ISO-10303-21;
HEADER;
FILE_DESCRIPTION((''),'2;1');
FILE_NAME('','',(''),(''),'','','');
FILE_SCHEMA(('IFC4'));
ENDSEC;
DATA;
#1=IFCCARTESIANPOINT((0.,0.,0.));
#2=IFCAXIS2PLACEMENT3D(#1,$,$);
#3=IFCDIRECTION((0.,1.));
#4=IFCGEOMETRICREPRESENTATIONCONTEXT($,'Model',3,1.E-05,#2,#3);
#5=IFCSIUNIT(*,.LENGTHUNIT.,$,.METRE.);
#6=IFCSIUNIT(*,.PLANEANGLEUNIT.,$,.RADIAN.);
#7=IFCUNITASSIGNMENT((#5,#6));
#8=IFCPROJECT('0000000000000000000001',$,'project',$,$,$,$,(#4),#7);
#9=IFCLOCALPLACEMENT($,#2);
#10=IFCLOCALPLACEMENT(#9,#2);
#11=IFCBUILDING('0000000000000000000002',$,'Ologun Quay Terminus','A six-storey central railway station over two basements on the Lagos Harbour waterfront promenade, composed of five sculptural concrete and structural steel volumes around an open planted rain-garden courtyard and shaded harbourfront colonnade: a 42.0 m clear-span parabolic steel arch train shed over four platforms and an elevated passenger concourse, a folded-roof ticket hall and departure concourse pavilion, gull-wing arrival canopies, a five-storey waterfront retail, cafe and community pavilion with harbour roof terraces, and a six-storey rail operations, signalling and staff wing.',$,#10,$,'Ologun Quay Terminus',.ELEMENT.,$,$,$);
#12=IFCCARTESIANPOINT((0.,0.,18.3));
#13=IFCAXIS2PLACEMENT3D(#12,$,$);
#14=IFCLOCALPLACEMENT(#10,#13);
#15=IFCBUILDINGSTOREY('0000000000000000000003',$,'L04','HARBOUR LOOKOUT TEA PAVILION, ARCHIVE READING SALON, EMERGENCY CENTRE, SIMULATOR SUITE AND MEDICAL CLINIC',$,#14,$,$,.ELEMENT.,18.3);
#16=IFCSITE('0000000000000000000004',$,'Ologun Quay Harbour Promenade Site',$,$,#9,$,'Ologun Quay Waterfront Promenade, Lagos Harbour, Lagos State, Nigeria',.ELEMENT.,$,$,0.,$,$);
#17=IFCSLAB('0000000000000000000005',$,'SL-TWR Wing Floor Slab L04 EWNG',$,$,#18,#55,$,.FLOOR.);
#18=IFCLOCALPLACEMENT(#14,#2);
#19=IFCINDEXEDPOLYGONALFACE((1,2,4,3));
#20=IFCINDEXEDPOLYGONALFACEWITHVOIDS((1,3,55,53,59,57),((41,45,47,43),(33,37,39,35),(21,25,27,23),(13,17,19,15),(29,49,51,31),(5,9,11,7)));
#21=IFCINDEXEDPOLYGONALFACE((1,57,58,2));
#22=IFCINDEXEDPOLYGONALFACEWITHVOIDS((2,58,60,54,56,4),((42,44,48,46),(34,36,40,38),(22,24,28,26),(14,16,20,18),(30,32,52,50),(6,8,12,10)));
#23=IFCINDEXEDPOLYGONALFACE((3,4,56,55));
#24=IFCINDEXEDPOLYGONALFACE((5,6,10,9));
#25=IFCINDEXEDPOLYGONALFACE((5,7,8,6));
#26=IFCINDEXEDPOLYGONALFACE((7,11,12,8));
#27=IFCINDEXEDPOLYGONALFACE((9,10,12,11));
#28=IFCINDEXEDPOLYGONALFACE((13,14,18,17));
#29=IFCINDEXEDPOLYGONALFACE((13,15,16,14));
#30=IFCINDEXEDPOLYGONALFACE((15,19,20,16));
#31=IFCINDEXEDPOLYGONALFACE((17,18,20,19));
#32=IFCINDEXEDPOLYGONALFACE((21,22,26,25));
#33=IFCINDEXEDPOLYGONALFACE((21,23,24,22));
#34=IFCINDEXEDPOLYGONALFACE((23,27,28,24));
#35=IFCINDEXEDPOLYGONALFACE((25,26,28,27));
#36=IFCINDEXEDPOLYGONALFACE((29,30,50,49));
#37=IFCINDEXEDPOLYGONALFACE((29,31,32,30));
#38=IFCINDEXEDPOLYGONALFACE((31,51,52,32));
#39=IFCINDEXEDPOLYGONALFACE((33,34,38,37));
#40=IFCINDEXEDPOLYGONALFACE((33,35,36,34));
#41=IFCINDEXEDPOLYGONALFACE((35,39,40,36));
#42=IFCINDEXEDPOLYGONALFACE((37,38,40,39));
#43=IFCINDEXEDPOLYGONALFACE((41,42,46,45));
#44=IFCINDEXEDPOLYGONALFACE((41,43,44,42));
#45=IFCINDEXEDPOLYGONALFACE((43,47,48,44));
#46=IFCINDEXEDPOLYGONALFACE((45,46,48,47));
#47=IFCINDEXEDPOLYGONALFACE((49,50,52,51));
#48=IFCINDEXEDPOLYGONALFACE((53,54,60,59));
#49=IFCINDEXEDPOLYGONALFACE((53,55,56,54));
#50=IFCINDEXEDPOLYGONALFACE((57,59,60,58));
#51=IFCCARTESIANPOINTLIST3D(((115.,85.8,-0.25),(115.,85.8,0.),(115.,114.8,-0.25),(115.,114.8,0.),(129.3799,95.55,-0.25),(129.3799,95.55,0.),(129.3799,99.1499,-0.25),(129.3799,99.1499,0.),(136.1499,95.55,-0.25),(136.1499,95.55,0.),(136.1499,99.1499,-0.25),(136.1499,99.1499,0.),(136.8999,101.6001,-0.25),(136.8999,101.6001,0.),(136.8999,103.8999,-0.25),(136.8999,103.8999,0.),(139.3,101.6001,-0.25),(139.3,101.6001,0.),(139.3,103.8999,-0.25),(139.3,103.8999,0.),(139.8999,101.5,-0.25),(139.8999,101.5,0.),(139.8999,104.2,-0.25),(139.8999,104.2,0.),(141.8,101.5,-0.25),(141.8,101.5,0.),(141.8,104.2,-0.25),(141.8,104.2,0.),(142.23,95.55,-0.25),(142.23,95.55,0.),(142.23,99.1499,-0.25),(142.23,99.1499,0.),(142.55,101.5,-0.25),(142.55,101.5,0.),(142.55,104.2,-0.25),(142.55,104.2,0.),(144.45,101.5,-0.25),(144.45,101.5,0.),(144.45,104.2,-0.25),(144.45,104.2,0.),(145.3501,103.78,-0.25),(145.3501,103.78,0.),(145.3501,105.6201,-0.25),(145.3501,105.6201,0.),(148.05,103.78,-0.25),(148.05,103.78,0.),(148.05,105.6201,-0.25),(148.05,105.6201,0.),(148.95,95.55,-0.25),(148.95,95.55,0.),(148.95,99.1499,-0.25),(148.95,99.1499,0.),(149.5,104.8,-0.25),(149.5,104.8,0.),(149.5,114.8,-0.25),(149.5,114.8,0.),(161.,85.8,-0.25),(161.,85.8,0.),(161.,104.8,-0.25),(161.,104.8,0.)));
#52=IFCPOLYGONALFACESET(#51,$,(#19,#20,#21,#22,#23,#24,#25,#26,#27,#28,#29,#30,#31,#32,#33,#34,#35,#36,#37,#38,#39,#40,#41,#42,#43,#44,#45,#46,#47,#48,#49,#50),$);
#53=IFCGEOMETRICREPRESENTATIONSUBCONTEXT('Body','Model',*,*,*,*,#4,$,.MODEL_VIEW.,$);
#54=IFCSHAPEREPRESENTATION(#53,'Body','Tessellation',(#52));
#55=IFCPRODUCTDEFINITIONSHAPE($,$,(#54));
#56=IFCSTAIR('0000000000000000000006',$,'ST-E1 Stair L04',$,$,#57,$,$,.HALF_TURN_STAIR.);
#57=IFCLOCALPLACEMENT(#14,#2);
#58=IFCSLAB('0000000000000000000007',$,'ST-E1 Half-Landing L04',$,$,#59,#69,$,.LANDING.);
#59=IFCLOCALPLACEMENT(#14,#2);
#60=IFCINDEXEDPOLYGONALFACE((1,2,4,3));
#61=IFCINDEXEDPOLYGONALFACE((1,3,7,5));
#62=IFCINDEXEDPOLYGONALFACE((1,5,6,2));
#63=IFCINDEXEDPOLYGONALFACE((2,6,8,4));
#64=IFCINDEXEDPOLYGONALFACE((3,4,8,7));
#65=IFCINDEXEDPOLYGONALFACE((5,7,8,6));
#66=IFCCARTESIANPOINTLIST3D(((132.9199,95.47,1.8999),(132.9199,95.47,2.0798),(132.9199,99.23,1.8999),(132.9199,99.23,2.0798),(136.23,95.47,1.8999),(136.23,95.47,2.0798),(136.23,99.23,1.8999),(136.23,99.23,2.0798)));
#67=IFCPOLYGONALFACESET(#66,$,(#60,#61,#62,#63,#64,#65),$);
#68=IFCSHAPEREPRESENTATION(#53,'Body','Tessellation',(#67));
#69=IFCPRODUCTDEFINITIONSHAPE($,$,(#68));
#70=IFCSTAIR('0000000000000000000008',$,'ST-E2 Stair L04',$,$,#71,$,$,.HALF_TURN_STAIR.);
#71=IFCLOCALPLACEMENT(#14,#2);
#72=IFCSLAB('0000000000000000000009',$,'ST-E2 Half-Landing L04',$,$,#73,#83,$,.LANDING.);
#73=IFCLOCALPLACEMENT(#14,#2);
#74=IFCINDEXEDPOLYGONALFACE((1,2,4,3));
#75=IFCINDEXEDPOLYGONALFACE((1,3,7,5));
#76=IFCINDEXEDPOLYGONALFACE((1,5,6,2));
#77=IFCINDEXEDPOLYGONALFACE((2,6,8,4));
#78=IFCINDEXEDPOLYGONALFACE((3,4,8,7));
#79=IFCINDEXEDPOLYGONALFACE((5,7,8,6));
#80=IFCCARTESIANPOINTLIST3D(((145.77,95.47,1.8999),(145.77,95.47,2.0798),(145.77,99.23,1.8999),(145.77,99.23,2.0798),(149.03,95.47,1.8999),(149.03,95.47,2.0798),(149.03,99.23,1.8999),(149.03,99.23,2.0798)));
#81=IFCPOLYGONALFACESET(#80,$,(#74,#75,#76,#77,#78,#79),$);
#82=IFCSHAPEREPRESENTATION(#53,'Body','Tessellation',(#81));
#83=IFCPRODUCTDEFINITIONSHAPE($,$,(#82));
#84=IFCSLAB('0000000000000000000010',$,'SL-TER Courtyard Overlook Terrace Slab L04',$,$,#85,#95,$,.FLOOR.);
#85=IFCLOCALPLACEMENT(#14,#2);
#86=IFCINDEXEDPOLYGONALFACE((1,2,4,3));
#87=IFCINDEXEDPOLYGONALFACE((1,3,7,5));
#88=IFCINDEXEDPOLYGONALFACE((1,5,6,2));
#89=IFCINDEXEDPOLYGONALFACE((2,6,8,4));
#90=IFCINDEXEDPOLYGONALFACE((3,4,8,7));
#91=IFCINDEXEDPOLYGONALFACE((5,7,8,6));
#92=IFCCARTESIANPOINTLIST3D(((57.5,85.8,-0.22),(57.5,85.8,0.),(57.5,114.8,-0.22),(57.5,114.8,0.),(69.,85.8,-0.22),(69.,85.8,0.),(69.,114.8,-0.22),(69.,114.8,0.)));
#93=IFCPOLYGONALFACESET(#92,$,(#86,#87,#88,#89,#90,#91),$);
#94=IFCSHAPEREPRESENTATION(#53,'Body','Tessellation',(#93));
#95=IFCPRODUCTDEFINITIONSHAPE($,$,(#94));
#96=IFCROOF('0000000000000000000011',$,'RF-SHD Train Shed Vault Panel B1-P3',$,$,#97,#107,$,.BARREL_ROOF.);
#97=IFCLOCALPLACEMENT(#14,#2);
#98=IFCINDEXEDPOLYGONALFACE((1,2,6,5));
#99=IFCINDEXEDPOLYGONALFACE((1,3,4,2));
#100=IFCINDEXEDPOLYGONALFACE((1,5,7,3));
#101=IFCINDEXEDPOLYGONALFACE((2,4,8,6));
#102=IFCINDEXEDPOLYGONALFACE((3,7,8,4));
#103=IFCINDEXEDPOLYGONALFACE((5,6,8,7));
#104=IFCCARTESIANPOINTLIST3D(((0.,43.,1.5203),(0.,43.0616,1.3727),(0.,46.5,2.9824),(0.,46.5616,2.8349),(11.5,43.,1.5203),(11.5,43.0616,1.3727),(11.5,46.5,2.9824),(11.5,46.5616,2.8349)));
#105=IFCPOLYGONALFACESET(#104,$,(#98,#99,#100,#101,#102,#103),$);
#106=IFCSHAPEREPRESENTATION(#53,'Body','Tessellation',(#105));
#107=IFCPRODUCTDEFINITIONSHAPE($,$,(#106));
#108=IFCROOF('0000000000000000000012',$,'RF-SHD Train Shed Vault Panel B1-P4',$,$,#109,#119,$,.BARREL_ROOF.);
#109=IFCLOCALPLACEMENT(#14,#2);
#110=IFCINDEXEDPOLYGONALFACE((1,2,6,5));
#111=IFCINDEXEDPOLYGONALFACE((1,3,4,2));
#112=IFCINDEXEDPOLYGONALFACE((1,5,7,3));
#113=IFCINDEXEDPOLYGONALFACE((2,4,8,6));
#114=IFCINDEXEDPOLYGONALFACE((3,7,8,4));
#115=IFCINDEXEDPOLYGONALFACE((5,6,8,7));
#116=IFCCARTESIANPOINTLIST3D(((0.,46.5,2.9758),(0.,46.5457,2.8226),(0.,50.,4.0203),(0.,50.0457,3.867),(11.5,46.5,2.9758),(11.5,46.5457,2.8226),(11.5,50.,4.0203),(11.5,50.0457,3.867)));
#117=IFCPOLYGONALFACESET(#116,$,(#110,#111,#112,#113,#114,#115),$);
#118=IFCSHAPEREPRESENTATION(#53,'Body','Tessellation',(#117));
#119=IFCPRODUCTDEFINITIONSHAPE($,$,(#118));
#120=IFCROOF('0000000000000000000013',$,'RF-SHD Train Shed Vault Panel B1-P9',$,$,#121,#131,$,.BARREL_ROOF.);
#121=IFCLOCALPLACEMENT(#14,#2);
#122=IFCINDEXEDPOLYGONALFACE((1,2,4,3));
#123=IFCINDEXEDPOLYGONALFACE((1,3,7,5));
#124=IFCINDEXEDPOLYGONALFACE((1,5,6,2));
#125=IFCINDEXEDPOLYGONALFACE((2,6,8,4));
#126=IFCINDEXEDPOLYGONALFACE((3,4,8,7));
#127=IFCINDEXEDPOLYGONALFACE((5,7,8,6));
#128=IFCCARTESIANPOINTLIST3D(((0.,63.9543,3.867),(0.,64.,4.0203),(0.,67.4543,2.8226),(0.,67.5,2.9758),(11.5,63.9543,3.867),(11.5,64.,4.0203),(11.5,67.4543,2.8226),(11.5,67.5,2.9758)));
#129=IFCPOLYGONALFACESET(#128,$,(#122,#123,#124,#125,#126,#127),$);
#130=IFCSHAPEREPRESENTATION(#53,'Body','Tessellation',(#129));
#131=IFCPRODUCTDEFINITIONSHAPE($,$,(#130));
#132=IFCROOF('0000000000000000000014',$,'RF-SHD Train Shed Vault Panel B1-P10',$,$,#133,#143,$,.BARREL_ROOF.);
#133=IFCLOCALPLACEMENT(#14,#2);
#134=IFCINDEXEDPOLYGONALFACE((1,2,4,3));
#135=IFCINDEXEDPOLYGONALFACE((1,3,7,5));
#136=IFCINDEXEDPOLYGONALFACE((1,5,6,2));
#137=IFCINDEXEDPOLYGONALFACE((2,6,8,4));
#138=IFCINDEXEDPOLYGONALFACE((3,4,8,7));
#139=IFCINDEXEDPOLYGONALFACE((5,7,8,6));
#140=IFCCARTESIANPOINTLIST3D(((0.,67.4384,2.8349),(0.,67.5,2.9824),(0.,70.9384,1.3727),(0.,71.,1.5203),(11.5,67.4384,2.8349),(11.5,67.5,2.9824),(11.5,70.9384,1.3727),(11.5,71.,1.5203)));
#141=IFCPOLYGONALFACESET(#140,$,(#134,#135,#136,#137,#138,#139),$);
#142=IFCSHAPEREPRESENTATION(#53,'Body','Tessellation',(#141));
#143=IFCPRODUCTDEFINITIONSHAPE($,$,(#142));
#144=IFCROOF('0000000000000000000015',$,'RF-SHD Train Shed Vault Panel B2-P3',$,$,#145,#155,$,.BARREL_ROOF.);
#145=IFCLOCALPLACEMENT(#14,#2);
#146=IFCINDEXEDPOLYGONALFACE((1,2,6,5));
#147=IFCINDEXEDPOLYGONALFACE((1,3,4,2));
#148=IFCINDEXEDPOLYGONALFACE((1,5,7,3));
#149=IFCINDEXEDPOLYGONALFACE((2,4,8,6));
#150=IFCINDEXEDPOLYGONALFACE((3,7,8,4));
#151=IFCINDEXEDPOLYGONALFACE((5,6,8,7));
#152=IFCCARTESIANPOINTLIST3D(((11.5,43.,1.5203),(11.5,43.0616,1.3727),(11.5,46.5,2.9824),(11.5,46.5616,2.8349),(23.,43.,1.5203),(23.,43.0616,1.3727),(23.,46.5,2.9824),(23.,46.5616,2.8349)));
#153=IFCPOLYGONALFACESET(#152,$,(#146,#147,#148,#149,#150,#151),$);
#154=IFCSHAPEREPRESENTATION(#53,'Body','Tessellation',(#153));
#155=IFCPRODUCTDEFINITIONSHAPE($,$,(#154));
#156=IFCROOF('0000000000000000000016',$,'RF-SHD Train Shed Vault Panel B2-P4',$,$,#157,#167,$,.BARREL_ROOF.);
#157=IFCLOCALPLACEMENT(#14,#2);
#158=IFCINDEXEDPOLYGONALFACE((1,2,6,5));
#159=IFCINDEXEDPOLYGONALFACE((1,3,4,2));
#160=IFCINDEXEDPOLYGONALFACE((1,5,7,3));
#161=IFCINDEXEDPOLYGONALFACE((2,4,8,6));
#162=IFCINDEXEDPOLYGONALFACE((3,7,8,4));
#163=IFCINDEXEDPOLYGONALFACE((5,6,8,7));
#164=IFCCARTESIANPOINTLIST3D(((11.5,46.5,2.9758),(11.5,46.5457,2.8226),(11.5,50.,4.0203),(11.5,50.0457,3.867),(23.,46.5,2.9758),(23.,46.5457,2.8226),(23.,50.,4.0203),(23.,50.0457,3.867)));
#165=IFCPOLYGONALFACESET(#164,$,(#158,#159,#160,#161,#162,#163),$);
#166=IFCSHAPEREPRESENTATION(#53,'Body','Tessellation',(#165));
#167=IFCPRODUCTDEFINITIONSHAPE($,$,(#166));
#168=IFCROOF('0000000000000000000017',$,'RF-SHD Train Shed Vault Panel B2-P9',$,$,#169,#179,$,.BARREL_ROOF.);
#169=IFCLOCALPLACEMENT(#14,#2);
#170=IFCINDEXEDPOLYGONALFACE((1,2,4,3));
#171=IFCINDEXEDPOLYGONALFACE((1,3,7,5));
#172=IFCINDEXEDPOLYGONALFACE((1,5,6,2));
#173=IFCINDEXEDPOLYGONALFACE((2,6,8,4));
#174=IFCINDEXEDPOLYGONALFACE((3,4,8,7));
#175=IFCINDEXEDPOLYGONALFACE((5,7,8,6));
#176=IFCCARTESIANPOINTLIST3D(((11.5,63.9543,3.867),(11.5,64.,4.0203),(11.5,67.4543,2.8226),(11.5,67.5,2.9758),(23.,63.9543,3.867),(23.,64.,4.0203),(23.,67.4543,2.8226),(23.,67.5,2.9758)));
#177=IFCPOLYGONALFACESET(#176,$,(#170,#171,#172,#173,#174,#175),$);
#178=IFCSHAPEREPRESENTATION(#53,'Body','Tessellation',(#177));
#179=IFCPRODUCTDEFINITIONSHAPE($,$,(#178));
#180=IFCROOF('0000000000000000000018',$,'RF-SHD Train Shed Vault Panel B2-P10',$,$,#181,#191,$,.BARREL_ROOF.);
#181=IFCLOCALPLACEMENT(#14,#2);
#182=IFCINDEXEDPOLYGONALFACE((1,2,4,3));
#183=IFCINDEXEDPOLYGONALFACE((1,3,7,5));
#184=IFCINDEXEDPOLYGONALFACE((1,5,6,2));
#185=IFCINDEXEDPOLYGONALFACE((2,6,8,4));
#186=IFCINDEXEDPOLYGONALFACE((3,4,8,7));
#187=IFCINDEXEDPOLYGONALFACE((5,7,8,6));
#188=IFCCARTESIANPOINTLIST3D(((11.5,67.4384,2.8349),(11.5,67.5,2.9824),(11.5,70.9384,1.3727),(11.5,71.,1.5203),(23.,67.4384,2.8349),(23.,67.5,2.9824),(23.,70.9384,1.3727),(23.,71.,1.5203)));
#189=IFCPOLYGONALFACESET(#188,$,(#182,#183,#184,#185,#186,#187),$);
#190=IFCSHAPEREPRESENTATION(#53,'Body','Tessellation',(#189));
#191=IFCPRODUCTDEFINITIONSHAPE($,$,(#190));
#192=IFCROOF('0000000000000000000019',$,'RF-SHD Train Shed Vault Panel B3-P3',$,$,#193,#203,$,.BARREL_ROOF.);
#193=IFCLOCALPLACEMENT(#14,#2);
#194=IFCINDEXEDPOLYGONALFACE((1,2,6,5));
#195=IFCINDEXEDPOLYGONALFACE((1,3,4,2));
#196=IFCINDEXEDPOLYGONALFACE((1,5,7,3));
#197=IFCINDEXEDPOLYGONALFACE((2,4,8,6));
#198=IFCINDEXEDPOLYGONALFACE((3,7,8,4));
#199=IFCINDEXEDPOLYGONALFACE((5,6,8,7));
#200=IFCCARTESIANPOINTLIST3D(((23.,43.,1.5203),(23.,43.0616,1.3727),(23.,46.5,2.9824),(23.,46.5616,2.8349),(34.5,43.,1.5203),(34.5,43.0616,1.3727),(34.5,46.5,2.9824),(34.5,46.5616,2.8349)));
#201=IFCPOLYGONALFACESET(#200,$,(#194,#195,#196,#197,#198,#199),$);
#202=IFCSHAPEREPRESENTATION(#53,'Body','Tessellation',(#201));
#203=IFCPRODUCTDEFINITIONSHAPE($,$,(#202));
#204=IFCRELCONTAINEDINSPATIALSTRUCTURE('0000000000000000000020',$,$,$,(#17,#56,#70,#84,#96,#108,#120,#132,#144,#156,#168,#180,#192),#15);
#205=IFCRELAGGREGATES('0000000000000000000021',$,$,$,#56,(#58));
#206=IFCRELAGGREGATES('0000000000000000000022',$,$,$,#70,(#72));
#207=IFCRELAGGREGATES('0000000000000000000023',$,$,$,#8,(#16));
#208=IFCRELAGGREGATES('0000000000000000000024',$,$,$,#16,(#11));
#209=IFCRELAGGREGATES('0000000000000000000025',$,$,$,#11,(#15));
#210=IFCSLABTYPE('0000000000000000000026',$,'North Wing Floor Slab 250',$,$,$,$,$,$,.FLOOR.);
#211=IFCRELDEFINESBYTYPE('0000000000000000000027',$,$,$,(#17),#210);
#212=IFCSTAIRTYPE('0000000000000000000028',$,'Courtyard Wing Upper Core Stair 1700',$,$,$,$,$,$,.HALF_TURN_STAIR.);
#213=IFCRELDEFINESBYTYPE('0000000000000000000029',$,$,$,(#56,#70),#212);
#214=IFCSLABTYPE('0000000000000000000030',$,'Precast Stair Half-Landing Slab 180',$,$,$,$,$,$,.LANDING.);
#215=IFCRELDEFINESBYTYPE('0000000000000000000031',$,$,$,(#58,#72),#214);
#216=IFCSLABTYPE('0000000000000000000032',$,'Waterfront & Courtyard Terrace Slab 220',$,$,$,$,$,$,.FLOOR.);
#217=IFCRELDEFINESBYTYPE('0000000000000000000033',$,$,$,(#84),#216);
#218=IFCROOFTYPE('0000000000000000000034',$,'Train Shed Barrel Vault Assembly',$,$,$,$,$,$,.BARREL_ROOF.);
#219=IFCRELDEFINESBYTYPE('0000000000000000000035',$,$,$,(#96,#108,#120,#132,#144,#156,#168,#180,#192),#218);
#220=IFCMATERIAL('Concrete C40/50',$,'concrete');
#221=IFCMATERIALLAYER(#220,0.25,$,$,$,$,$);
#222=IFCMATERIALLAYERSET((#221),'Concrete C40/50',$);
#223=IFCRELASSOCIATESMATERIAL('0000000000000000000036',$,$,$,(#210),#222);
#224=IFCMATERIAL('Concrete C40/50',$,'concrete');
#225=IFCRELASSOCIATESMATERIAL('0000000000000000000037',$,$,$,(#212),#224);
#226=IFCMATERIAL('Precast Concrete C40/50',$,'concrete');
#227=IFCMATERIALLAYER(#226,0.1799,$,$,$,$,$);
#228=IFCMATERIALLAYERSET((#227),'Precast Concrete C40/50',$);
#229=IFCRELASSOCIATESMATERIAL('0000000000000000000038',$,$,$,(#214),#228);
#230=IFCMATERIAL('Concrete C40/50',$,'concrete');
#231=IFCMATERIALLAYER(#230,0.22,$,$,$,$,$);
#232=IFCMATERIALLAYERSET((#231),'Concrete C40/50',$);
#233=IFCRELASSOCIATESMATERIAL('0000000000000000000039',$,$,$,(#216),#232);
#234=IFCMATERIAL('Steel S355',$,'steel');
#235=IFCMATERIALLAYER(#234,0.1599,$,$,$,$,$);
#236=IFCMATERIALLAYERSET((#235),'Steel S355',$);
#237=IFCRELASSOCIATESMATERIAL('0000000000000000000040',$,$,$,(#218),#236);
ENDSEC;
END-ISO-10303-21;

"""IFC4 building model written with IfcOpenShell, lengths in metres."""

from ifc_helpers import new_model, si_unit, direction, frame, origin, place, context, subcontext, project, spatial, polyline, outline, extrude, material, layer, layer_set, type_object, element, aggregate, save


model = new_model("IFC4")

# Units and contexts
model_context = context("Model", 3, precision=1e-05, world=origin(), true_north=direction((0.0, 1.0)))
body_context = subcontext(model_context, "Body", "Model", "MODEL_VIEW")
ifc_project = project(units=[si_unit("LENGTHUNIT", "METRE"), si_unit("PLANEANGLEUNIT", "RADIAN")], contexts=[model_context])

# Site, building, storey
site_placement = place(None, origin())
site = spatial("IfcSite", under=ifc_project, at=site_placement, Name="Ologun Quay Harbour Promenade Site", LongName="Ologun Quay Waterfront Promenade, Lagos Harbour, Lagos State, Nigeria", CompositionType="ELEMENT", RefElevation=0.0)
building_placement = place(site_placement, origin())
building = spatial("IfcBuilding", under=site, at=building_placement, Name="Ologun Quay Terminus", Description="A six-storey central railway station over two basements on the Lagos Harbour waterfront promenade, composed of five sculptural concrete and structural steel volumes around an open planted rain-garden courtyard and shaded harbourfront colonnade: a 42.0 m clear-span parabolic steel arch train shed over four platforms and an elevated passenger concourse, a folded-roof ticket hall and departure concourse pavilion, gull-wing arrival canopies, a five-storey waterfront retail, cafe and community pavilion with harbour roof terraces, and a six-storey rail operations, signalling and staff wing.", LongName="Ologun Quay Terminus", CompositionType="ELEMENT")
storey_placement = place(building_placement, frame((0.0, 0.0, 18.3)))
storey = spatial("IfcBuildingStorey", under=building, at=storey_placement, Name="L04", Description="HARBOUR LOOKOUT TEA PAVILION, ARCHIVE READING SALON, EMERGENCY CENTRE, SIMULATOR SUITE AND MEDICAL CLINIC", CompositionType="ELEMENT", Elevation=18.3)

# Slab
ifc_material_1 = material(Name="Concrete C40/50", Category="concrete")
ifc_layer_1 = layer(ifc_material_1, 0.25)
ifc_layer_set_1 = layer_set([ifc_layer_1], Name="Concrete C40/50")
slab_type_1 = type_object("IfcSlabType", Name="North Wing Floor Slab 250", PredefinedType="FLOOR", material=ifc_layer_set_1)
slab_1_placement = place(storey_placement, frame((0.0, 0.0, -0.25)))
element("IfcSlab", 1, at=slab_1_placement, inside=storey, type_object=slab_type_1, Name="SL-TWR Wing Floor Slab L04 EWNG", PredefinedType="FLOOR", context=body_context, shape_type="SweptSolid", body=[
    extrude(outline(polyline([(115.0, 85.8), (161.0, 85.8), (161.0, 104.8), (149.5, 104.8), (149.5, 114.8), (115.0, 114.8), (115.0, 85.8)]), holes=[polyline([(145.3501, 103.78), (145.3501, 105.6201), (148.05, 105.6201), (148.05, 103.78), (145.3501, 103.78)]), polyline([(139.8999, 101.5), (139.8999, 104.2), (141.8, 104.2), (141.8, 101.5), (139.8999, 101.5)]), polyline([(142.55, 101.5), (142.55, 104.2), (144.45, 104.2), (144.45, 101.5), (142.55, 101.5)]), polyline([(129.3799, 95.55), (129.3799, 99.1499), (136.1499, 99.1499), (136.1499, 95.55), (129.3799, 95.55)]), polyline([(142.23, 95.55), (142.23, 99.1499), (148.95, 99.1499), (148.95, 95.55), (142.23, 95.55)]), polyline([(136.8999, 101.6001), (136.8999, 103.8999), (139.3, 103.8999), (139.3, 101.6001), (136.8999, 101.6001)])]), origin(), (0.0, 0.0, 1.0), 0.25),
])

# Stairs, slabs
ifc_material_2 = material(Name="Concrete C40/50", Category="concrete")
stair_type = type_object("IfcStairType", Name="Courtyard Wing Upper Core Stair 1700", PredefinedType="HALF_TURN_STAIR", material=ifc_material_2)
stair_1_placement = place(storey_placement, origin())
stair_1 = element("IfcStair", 2, at=stair_1_placement, inside=storey, type_object=stair_type, Name="ST-E1 Stair L04", PredefinedType="HALF_TURN_STAIR")
ifc_material_3 = material(Name="Precast Concrete C40/50", Category="concrete")
ifc_layer_2 = layer(ifc_material_3, 0.1799)
ifc_layer_set_2 = layer_set([ifc_layer_2], Name="Precast Concrete C40/50")
slab_type_2 = type_object("IfcSlabType", Name="Precast Stair Half-Landing Slab 180", PredefinedType="LANDING", material=ifc_layer_set_2)
slab_2_placement = place(storey_placement, frame((0.0, 0.0, 1.8999)))
slab_2 = element("IfcSlab", 3, at=slab_2_placement, type_object=slab_type_2, Name="ST-E1 Half-Landing L04", PredefinedType="LANDING", context=body_context, shape_type="SweptSolid", body=[
    extrude(outline(polyline([(132.9199, 95.47), (136.23, 95.47), (136.23, 99.23), (132.9199, 99.23), (132.9199, 95.47)])), origin(), (0.0, 0.0, 1.0), 0.1799),
])
aggregate(stair_1, [slab_2])
stair_2_placement = place(storey_placement, origin())
stair_2 = element("IfcStair", 4, at=stair_2_placement, inside=storey, type_object=stair_type, Name="ST-E2 Stair L04", PredefinedType="HALF_TURN_STAIR")
slab_3_placement = place(storey_placement, frame((0.0, 0.0, 1.8999)))
slab_3 = element("IfcSlab", 5, at=slab_3_placement, type_object=slab_type_2, Name="ST-E2 Half-Landing L04", PredefinedType="LANDING", context=body_context, shape_type="SweptSolid", body=[
    extrude(outline(polyline([(145.77, 95.47), (149.03, 95.47), (149.03, 99.23), (145.77, 99.23), (145.77, 95.47)])), origin(), (0.0, 0.0, 1.0), 0.1799),
])
aggregate(stair_2, [slab_3])

# Slab
ifc_material_4 = material(Name="Concrete C40/50", Category="concrete")
ifc_layer_3 = layer(ifc_material_4, 0.22)
ifc_layer_set_3 = layer_set([ifc_layer_3], Name="Concrete C40/50")
slab_type_3 = type_object("IfcSlabType", Name="Waterfront & Courtyard Terrace Slab 220", PredefinedType="FLOOR", material=ifc_layer_set_3)
slab_4_placement = place(storey_placement, frame((0.0, 0.0, -0.22)))
element("IfcSlab", 6, at=slab_4_placement, inside=storey, type_object=slab_type_3, Name="SL-TER Courtyard Overlook Terrace Slab L04", PredefinedType="FLOOR", context=body_context, shape_type="SweptSolid", body=[
    extrude(outline(polyline([(57.5, 85.8), (69.0, 85.8), (69.0, 114.8), (57.5, 114.8), (57.5, 85.8)])), origin(), (0.0, 0.0, 1.0), 0.22),
])

# Roofs
ifc_material_5 = material(Name="Steel S355", Category="steel")
ifc_layer_4 = layer(ifc_material_5, 0.1599)
ifc_layer_set_4 = layer_set([ifc_layer_4], Name="Steel S355")
roof_type = type_object("IfcRoofType", Name="Train Shed Barrel Vault Assembly", PredefinedType="BARREL_ROOF", material=ifc_layer_set_4)
roof_1_placement = place(storey_placement, frame((0.0, 43.0, 1.5203), z_axis=(0.0, -0.385474, 0.922719), x_axis=(1.0, 0.0, 0.0)))
element("IfcRoof", 7, at=roof_1_placement, inside=storey, type_object=roof_type, Name="RF-SHD Train Shed Vault Panel B1-P3", PredefinedType="BARREL_ROOF", context=body_context, shape_type="SweptSolid", body=[
    extrude(outline(polyline([(0.0, 0.0), (11.5, 0.0), (11.5, 3.7931), (0.0, 3.7931), (0.0, 0.0)])), origin(), (0.0, 0.0, -1.0), 0.1599),
])
for number, where, z_axis, x_axis, name in (
    (8, (0.0, 46.5, 2.9758), (0.0, -0.285949, 0.958245), (1.0, 0.0, 0.0), "RF-SHD Train Shed Vault Panel B1-P4"),
    (9, (0.0, 64.0, 4.0203), (0.0, 0.285949, 0.958245), (1.0, 0.0, 0.0), "RF-SHD Train Shed Vault Panel B1-P9"),
):
    element("IfcRoof", number, at=place(storey_placement, frame(where, z_axis=z_axis, x_axis=x_axis)), inside=storey, type_object=roof_type, Name=name, PredefinedType="BARREL_ROOF", context=body_context, shape_type="SweptSolid", body=[
        extrude(outline(polyline([(0.0, 0.0), (11.5, 0.0), (11.5, 3.6525), (0.0, 3.6525), (0.0, 0.0)])), origin(), (0.0, 0.0, -1.0), 0.1599),
    ])
for number, where, z_axis, x_axis, name in (
    (10, (0.0, 67.5, 2.9824), (0.0, 0.385474, 0.922719), (1.0, 0.0, 0.0), "RF-SHD Train Shed Vault Panel B1-P10"),
    (11, (11.5, 43.0, 1.5203), (0.0, -0.385474, 0.922719), (1.0, 0.0, 0.0), "RF-SHD Train Shed Vault Panel B2-P3"),
):
    element("IfcRoof", number, at=place(storey_placement, frame(where, z_axis=z_axis, x_axis=x_axis)), inside=storey, type_object=roof_type, Name=name, PredefinedType="BARREL_ROOF", context=body_context, shape_type="SweptSolid", body=[
        extrude(outline(polyline([(0.0, 0.0), (11.5, 0.0), (11.5, 3.7931), (0.0, 3.7931), (0.0, 0.0)])), origin(), (0.0, 0.0, -1.0), 0.1599),
    ])
for number, where, z_axis, x_axis, name in (
    (12, (11.5, 46.5, 2.9758), (0.0, -0.285949, 0.958245), (1.0, 0.0, 0.0), "RF-SHD Train Shed Vault Panel B2-P4"),
    (13, (11.5, 64.0, 4.0203), (0.0, 0.285949, 0.958245), (1.0, 0.0, 0.0), "RF-SHD Train Shed Vault Panel B2-P9"),
):
    element("IfcRoof", number, at=place(storey_placement, frame(where, z_axis=z_axis, x_axis=x_axis)), inside=storey, type_object=roof_type, Name=name, PredefinedType="BARREL_ROOF", context=body_context, shape_type="SweptSolid", body=[
        extrude(outline(polyline([(0.0, 0.0), (11.5, 0.0), (11.5, 3.6525), (0.0, 3.6525), (0.0, 0.0)])), origin(), (0.0, 0.0, -1.0), 0.1599),
    ])
for number, where, z_axis, x_axis, name in (
    (14, (11.5, 67.5, 2.9824), (0.0, 0.385474, 0.922719), (1.0, 0.0, 0.0), "RF-SHD Train Shed Vault Panel B2-P10"),
    (15, (23.0, 43.0, 1.5203), (0.0, -0.385474, 0.922719), (1.0, 0.0, 0.0), "RF-SHD Train Shed Vault Panel B3-P3"),
):
    element("IfcRoof", number, at=place(storey_placement, frame(where, z_axis=z_axis, x_axis=x_axis)), inside=storey, type_object=roof_type, Name=name, PredefinedType="BARREL_ROOF", context=body_context, shape_type="SweptSolid", body=[
        extrude(outline(polyline([(0.0, 0.0), (11.5, 0.0), (11.5, 3.7931), (0.0, 3.7931), (0.0, 0.0)])), origin(), (0.0, 0.0, -1.0), 0.1599),
    ])

save(model, "model.ifc")
